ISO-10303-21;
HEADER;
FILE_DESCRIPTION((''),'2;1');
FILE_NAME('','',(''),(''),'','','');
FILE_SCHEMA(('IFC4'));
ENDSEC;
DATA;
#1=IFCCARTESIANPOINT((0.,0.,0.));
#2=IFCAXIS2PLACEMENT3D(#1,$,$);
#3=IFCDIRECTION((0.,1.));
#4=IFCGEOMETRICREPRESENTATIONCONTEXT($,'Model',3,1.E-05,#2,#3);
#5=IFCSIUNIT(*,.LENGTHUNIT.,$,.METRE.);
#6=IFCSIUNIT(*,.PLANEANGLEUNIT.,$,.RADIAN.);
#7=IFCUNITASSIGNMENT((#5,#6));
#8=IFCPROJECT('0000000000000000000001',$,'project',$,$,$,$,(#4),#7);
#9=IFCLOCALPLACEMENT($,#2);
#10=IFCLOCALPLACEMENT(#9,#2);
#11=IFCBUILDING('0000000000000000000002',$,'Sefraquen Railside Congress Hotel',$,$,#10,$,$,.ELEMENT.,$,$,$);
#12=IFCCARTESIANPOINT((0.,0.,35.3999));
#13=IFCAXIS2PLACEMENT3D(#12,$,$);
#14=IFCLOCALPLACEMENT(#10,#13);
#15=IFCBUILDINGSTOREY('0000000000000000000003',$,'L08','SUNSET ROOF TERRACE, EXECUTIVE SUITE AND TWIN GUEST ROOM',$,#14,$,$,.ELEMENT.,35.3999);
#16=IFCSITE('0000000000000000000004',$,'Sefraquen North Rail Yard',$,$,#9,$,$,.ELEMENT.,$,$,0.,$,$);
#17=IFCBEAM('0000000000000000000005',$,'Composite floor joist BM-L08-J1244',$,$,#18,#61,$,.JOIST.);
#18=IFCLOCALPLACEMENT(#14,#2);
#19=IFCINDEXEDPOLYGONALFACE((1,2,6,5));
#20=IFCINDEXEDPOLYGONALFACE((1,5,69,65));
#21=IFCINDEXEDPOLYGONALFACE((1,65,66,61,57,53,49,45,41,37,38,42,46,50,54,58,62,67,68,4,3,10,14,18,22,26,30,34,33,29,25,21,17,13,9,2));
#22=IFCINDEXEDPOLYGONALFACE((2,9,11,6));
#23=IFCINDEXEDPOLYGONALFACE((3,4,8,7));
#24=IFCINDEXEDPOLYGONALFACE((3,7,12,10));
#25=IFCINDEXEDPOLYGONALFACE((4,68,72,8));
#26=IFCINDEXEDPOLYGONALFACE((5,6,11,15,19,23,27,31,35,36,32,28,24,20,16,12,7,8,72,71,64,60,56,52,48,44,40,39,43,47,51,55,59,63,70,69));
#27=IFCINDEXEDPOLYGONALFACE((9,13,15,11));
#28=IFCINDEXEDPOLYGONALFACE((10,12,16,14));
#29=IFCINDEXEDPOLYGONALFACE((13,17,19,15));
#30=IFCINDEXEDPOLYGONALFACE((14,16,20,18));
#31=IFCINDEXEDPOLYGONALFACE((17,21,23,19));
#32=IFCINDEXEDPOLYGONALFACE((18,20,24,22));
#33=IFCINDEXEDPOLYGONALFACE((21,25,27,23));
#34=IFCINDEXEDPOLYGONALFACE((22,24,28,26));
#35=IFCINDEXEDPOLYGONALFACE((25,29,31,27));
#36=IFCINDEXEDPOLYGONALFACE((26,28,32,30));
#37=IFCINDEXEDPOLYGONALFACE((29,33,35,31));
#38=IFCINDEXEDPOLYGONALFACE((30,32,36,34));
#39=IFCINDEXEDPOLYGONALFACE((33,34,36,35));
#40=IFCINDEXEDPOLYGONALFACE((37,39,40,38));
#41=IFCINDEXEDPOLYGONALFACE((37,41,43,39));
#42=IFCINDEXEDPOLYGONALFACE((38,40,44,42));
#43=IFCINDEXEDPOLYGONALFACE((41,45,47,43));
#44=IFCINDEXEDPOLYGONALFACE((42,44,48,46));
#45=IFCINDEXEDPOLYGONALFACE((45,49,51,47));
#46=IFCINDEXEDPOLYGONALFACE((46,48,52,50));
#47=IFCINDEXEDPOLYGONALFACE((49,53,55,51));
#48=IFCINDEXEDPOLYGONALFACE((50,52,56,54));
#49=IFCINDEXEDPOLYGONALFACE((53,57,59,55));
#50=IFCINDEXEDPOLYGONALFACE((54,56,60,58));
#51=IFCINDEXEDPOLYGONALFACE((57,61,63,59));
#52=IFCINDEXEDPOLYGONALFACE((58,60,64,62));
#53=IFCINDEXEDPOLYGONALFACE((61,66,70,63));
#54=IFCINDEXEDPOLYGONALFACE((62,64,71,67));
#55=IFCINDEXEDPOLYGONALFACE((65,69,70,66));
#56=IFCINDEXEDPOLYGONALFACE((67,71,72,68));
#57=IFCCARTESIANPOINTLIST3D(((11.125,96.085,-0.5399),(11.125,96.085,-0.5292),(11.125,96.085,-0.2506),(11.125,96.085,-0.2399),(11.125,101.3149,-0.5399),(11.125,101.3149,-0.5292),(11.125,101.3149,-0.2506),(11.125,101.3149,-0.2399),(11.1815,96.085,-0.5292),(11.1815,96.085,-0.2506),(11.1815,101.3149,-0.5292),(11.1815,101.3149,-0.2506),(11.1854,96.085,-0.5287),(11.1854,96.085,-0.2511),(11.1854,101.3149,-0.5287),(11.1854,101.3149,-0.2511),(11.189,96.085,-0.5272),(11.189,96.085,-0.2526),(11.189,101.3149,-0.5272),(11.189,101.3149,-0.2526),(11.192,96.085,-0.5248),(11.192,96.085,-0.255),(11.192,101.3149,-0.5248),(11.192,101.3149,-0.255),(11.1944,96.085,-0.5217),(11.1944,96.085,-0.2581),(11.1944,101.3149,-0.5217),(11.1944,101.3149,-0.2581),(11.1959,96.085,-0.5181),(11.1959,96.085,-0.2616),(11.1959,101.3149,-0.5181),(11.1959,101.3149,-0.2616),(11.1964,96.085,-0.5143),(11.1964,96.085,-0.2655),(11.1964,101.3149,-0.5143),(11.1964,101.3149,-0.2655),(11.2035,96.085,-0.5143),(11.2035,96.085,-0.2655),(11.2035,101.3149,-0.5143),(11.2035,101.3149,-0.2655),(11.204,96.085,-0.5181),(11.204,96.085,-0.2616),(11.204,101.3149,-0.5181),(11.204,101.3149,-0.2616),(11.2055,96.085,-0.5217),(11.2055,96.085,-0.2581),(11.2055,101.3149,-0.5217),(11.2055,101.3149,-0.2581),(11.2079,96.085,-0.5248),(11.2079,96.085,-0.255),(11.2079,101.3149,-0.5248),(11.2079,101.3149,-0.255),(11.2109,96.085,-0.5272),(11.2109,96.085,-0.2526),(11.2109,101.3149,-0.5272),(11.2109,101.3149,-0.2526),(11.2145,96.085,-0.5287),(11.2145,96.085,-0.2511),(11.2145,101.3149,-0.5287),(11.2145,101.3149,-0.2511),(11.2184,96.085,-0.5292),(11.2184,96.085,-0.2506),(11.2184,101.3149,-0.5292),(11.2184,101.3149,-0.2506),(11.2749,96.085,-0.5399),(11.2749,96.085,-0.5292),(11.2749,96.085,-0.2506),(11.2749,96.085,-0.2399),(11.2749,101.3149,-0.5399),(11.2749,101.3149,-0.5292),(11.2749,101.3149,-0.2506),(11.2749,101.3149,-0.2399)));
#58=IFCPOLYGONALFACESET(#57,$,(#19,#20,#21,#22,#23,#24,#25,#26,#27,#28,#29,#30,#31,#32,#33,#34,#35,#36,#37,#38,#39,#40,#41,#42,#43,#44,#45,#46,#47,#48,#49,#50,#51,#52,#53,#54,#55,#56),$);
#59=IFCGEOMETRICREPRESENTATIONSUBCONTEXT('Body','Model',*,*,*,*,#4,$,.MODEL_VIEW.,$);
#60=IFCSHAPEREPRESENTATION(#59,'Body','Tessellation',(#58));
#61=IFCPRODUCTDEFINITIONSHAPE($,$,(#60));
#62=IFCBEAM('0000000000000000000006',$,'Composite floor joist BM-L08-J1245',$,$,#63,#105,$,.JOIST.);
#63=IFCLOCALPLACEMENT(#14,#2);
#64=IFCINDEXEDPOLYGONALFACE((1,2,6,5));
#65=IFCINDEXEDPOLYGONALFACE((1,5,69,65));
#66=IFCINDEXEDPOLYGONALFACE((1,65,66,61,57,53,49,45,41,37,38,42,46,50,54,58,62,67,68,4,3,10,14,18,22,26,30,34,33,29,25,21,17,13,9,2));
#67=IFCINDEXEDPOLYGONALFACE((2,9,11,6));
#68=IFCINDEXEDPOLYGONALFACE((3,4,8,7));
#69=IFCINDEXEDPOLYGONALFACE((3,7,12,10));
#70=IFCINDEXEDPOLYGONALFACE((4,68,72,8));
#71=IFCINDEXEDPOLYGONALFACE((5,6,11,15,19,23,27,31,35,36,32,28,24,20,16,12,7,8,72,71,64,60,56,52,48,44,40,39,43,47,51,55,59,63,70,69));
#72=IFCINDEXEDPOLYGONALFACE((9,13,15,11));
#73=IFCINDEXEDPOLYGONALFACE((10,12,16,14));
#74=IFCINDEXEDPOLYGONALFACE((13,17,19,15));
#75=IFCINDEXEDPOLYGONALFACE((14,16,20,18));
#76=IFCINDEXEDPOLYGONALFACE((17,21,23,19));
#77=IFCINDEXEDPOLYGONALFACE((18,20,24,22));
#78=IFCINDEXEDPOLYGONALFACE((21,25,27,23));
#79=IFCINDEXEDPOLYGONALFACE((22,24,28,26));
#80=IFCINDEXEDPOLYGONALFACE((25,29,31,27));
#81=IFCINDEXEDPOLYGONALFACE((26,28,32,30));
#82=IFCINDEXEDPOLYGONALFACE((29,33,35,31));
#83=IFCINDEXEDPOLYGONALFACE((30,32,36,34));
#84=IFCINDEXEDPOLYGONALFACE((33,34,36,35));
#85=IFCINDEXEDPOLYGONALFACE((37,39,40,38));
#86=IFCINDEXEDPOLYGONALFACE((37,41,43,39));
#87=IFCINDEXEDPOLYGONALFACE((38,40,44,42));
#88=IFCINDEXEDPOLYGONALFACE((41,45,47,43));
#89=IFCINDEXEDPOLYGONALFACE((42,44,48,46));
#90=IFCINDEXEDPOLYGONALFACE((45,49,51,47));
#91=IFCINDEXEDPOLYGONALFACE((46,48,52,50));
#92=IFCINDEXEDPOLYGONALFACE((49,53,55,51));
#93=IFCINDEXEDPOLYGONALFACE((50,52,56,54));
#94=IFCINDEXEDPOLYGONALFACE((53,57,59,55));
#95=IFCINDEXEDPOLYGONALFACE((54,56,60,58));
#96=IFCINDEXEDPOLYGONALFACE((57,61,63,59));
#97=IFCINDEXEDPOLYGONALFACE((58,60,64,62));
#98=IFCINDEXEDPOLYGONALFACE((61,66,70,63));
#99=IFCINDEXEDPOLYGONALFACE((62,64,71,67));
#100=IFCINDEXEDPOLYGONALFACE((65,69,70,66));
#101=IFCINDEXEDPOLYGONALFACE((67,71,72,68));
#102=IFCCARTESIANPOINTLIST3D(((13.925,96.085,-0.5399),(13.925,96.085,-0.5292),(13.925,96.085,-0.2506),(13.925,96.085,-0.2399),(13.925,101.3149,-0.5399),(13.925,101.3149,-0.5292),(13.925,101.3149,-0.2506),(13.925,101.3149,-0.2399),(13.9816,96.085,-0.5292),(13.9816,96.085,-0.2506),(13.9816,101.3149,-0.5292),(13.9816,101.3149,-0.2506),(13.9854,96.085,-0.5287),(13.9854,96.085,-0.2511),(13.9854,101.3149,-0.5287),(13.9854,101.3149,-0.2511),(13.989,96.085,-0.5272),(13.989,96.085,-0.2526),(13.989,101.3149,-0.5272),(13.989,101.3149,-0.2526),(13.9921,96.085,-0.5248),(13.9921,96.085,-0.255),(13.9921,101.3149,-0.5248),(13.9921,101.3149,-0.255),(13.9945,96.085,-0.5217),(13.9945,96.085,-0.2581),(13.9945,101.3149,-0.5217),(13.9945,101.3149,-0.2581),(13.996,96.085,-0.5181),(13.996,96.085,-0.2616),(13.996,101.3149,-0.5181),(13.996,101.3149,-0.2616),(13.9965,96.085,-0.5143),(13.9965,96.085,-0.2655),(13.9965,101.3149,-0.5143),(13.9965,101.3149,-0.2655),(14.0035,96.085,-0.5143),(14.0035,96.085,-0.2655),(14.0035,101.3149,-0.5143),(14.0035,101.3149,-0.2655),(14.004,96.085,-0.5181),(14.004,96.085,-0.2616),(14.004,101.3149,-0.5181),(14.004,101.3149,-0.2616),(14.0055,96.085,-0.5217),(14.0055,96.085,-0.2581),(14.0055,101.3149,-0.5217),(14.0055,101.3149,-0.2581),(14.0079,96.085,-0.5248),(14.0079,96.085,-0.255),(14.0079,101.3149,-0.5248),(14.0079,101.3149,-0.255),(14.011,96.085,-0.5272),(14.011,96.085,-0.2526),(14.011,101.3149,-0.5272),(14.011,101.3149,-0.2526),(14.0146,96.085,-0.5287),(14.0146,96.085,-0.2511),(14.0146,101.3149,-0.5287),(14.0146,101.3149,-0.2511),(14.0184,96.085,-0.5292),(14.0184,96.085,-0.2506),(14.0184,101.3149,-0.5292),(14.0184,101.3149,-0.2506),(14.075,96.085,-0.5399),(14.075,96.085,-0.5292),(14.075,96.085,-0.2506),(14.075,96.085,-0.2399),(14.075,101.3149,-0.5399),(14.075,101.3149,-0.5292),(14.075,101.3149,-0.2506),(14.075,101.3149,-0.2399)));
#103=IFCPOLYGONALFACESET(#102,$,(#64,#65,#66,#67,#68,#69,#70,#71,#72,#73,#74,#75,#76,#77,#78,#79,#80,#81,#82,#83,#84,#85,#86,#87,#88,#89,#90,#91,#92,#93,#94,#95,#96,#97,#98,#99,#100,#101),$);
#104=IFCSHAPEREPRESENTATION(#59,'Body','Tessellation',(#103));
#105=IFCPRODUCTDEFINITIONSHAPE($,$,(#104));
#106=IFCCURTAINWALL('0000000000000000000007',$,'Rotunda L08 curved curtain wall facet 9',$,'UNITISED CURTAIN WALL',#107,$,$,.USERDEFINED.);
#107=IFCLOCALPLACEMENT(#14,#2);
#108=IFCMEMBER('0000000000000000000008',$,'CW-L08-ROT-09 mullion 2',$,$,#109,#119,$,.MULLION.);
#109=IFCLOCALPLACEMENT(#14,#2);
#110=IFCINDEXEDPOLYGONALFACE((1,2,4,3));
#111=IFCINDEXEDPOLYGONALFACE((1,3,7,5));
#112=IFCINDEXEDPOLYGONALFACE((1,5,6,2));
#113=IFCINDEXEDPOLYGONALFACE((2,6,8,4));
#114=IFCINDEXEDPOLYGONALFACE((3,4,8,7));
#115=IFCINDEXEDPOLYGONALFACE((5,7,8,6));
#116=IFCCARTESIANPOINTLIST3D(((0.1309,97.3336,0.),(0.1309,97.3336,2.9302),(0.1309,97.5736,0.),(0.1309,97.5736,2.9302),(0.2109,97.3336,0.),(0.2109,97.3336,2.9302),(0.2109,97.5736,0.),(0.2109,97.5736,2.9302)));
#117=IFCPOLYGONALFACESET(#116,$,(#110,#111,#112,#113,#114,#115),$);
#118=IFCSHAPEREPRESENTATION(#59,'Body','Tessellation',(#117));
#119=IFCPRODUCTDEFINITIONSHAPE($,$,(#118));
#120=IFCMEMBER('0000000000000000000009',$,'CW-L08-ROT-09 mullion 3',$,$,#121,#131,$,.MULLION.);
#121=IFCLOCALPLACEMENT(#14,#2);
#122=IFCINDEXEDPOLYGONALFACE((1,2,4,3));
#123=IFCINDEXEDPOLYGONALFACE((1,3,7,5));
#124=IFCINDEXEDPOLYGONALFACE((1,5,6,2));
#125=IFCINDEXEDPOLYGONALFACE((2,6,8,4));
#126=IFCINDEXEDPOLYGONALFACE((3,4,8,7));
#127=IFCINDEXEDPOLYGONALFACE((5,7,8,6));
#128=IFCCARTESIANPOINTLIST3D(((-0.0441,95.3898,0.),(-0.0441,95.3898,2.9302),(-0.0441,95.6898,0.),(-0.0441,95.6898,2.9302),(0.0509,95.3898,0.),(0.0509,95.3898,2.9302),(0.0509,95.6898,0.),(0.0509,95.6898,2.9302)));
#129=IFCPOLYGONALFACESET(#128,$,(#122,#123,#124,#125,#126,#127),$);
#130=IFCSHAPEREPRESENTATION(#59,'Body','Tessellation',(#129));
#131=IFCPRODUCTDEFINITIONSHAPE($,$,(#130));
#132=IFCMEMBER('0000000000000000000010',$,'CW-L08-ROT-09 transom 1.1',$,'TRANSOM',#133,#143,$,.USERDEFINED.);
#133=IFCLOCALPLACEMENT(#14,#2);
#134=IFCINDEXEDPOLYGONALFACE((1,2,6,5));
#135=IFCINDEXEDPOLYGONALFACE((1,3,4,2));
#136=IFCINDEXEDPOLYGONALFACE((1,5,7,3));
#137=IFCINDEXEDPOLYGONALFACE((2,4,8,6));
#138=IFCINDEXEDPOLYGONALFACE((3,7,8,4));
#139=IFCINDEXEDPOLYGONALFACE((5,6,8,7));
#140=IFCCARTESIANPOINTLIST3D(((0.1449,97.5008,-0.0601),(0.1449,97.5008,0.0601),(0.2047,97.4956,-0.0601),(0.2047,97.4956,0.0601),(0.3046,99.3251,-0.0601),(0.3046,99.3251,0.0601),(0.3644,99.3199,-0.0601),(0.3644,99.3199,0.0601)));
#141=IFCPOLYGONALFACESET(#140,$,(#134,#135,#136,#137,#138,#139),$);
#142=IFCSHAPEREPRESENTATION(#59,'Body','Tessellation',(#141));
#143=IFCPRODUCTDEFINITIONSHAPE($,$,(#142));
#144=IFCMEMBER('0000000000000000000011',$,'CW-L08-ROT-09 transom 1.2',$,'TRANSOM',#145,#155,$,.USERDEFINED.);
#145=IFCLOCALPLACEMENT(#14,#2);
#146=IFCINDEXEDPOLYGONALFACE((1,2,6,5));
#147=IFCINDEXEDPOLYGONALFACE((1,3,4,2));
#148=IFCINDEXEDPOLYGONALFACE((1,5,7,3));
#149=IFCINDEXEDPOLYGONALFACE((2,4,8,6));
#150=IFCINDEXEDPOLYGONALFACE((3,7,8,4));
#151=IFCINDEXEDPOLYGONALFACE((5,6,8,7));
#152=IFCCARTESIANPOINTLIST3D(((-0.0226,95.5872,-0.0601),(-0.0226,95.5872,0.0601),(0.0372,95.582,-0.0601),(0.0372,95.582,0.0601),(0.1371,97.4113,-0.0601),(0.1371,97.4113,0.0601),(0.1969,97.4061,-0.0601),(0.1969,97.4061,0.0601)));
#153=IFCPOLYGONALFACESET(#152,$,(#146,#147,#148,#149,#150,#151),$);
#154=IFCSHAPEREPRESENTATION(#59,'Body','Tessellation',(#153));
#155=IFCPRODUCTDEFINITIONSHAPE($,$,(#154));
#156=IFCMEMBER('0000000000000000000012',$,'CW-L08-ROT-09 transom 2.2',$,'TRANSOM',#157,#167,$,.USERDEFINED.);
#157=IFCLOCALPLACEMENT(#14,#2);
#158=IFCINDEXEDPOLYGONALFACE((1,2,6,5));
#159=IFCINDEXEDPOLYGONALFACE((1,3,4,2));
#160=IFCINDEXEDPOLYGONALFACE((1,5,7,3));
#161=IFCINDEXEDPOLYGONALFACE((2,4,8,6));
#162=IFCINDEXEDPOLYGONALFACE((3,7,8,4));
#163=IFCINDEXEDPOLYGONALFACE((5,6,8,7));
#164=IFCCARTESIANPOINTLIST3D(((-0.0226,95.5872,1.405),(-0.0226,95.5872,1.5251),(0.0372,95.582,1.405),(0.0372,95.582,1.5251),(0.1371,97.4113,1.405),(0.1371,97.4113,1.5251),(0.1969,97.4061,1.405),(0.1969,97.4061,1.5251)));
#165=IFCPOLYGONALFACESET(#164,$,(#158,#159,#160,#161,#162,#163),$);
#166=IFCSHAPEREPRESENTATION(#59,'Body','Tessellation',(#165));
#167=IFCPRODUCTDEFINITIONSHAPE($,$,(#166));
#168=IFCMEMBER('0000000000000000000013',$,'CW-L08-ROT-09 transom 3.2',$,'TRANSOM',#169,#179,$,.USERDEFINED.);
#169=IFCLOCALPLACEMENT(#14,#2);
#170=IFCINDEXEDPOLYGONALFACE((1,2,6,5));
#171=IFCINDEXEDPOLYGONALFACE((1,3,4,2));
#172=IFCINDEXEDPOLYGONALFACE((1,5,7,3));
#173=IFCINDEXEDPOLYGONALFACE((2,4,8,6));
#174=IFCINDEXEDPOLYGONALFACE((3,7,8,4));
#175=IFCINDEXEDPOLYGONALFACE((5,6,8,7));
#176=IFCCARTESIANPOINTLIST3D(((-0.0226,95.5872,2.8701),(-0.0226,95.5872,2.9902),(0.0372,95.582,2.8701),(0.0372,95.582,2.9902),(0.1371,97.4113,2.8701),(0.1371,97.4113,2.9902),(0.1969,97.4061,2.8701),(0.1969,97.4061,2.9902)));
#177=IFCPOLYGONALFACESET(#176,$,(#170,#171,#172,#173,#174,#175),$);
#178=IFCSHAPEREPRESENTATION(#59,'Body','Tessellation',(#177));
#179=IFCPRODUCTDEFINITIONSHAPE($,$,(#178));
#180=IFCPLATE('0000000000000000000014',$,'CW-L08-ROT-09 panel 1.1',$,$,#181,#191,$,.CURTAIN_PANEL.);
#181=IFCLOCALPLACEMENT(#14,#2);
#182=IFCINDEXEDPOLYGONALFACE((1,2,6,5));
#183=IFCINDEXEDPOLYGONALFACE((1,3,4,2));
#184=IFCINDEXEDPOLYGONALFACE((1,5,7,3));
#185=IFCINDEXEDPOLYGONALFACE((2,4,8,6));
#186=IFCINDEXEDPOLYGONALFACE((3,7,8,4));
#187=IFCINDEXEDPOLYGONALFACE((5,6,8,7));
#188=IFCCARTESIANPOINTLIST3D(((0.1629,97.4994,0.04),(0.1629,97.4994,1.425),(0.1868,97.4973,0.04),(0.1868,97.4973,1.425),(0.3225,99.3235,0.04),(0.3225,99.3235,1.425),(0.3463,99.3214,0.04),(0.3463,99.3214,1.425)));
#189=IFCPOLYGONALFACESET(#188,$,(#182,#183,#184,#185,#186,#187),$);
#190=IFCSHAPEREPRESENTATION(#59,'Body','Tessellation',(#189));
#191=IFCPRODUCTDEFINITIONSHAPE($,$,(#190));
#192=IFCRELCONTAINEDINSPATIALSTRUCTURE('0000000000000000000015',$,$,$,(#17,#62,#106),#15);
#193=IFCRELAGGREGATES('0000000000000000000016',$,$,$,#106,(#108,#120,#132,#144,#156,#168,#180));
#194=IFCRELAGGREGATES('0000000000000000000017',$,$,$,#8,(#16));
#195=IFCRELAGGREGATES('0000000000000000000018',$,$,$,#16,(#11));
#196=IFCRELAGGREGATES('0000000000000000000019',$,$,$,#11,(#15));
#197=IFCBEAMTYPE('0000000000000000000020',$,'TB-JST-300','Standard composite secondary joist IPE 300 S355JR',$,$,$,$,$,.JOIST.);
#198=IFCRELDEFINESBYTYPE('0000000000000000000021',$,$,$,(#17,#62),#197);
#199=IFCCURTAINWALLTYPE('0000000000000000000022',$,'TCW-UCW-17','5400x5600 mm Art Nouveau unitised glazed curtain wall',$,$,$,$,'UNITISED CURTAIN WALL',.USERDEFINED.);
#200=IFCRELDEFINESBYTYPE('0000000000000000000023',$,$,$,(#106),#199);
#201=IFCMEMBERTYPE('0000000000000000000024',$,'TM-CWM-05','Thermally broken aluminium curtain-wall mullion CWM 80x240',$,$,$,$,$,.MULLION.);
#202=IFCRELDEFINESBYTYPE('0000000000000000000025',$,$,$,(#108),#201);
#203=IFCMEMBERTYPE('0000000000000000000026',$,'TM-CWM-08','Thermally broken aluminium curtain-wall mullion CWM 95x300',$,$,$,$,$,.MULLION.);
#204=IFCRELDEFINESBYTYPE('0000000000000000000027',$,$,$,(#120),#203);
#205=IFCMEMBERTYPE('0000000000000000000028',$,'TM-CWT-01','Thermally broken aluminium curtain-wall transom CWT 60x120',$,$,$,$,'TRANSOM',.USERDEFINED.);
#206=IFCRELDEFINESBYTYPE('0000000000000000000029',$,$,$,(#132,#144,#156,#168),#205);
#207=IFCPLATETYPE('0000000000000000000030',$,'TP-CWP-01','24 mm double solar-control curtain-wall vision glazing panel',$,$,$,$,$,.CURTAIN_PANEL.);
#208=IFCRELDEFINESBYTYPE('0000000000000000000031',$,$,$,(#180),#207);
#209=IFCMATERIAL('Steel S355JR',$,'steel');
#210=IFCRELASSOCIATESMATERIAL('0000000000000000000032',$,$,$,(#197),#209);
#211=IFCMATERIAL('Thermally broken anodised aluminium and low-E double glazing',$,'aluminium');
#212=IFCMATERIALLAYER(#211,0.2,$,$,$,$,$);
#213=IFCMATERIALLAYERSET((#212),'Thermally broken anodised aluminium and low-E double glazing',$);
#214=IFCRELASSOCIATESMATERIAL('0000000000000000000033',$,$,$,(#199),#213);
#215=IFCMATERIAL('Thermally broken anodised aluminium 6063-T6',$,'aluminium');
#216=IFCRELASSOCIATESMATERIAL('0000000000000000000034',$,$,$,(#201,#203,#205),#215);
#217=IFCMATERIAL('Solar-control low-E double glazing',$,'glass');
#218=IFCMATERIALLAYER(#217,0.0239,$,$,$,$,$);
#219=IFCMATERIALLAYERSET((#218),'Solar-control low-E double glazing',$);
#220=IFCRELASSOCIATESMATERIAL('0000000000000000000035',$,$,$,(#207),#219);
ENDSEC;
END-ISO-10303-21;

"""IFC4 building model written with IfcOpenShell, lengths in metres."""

from ifc_helpers import new_model, si_unit, direction, frame, origin, origin_2d, place, context, subcontext, project, spatial, rectangle, i_section, extrude, material, layer, layer_set, material_profile, profile_set, type_object, element, aggregate, save


model = new_model("IFC4")

# Units and contexts
model_context = context("Model", 3, precision=1e-05, world=origin(), true_north=direction((0.0, 1.0)))
body_context = subcontext(model_context, "Body", "Model", "MODEL_VIEW")
ifc_project = project(units=[si_unit("LENGTHUNIT", "METRE"), si_unit("PLANEANGLEUNIT", "RADIAN")], contexts=[model_context])

# Site, building, storey
site_placement = place(None, origin())
site = spatial("IfcSite", under=ifc_project, at=site_placement, Name="Sefraquen North Rail Yard", CompositionType="ELEMENT", RefElevation=0.0)
building_placement = place(site_placement, origin())
building = spatial("IfcBuilding", under=site, at=building_placement, Name="Sefraquen Railside Congress Hotel", CompositionType="ELEMENT")
storey_placement = place(building_placement, frame((0.0, 0.0, 35.3999)))
storey = spatial("IfcBuildingStorey", under=building, at=storey_placement, Name="L08", Description="SUNSET ROOF TERRACE, EXECUTIVE SUITE AND TWIN GUEST ROOM", CompositionType="ELEMENT", Elevation=35.3999)

# Shared definitions
ifc_material_1 = material(Name="Steel S355JR", Category="steel")

# Beams
ifc_material_profile_1 = material_profile(ifc_material_1, i_section(OverallWidth=0.1499, OverallDepth=0.3, WebThickness=0.0071, FlangeThickness=0.0107, FilletRadius=0.0149, at=origin_2d()), Name="IPE 300")
ifc_profile_set_1 = profile_set([ifc_material_profile_1], Name="Steel S355JR")
beam_type_1 = type_object("IfcBeamType", Name="TB-JST-300", Description="Standard composite secondary joist IPE 300 S355JR", PredefinedType="JOIST", material=ifc_profile_set_1)
for number, where, z_axis, x_axis, name in (
    (1, (11.2, 96.085, -0.3899), (0.0, 1.0, 0.0), (-1.0, 0.0, 0.0), "Composite floor joist BM-L08-J1244"),
    (2, (14.0, 96.085, -0.3899), (0.0, 1.0, 0.0), (-1.0, 0.0, 0.0), "Composite floor joist BM-L08-J1245"),
):
    element("IfcBeam", number, at=place(storey_placement, frame(where, z_axis=z_axis, x_axis=x_axis)), inside=storey, type_object=beam_type_1, Name=name, PredefinedType="JOIST", context=body_context, shape_type="SweptSolid", body=[
        extrude(i_section(OverallWidth=0.1499, OverallDepth=0.3, WebThickness=0.0071, FlangeThickness=0.0107, FilletRadius=0.0149, at=origin_2d()), origin(), (0.0, 0.0, 1.0), 5.23),
    ])

# Curtain wall, members, plate
ifc_material_2 = material(Name="Thermally broken anodised aluminium and low-E double glazing", Category="aluminium")
ifc_layer_1 = layer(ifc_material_2, 0.2)
ifc_layer_set_1 = layer_set([ifc_layer_1], Name="Thermally broken anodised aluminium and low-E double glazing")
curtain_wall_type = type_object("IfcCurtainWallType", Name="TCW-UCW-17", Description="5400x5600 mm Art Nouveau unitised glazed curtain wall", ElementType="UNITISED CURTAIN WALL", PredefinedType="USERDEFINED", material=ifc_layer_set_1)
curtain_wall_placement = place(storey_placement, origin())
curtain_wall = element("IfcCurtainWall", 3, at=curtain_wall_placement, inside=storey, type_object=curtain_wall_type, Name="Rotunda L08 curved curtain wall facet 9", ObjectType="UNITISED CURTAIN WALL", PredefinedType="USERDEFINED")
ifc_material_3 = material(Name="Thermally broken anodised aluminium 6063-T6", Category="aluminium")
ifc_material_profile_2 = material_profile(ifc_material_3, rectangle(XDim=0.0801, YDim=0.24, at=origin_2d()), Name="CWM 80x240")
ifc_profile_set_2 = profile_set([ifc_material_profile_2], Name="Thermally broken anodised aluminium 6063-T6")
member_type_1 = type_object("IfcMemberType", Name="TM-CWM-05", Description="Thermally broken aluminium curtain-wall mullion CWM 80x240", PredefinedType="MULLION", material=ifc_profile_set_2)
member_1_placement = place(storey_placement, frame((0.1709, 97.4536, 0.0), z_axis=(0.0, 0.0, 1.0), x_axis=(1.0, 0.0, 0.0)))
member_1 = element("IfcMember", 4, at=member_1_placement, type_object=member_type_1, Name="CW-L08-ROT-09 mullion 2", PredefinedType="MULLION", context=body_context, shape_type="SweptSolid", body=[
    extrude(rectangle(XDim=0.0801, YDim=0.24, at=origin_2d()), origin(), (0.0, 0.0, 1.0), 2.9302),
])
ifc_material_profile_3 = material_profile(ifc_material_3, rectangle(XDim=0.095, YDim=0.3, at=origin_2d()), Name="CWM 95x300")
ifc_profile_set_3 = profile_set([ifc_material_profile_3], Name="Thermally broken anodised aluminium 6063-T6")
member_type_2 = type_object("IfcMemberType", Name="TM-CWM-08", Description="Thermally broken aluminium curtain-wall mullion CWM 95x300", PredefinedType="MULLION", material=ifc_profile_set_3)
member_2_placement = place(storey_placement, frame((0.0034, 95.5398, 0.0), z_axis=(0.0, 0.0, 1.0), x_axis=(1.0, 0.0, 0.0)))
member_2 = element("IfcMember", 5, at=member_2_placement, type_object=member_type_2, Name="CW-L08-ROT-09 mullion 3", PredefinedType="MULLION", context=body_context, shape_type="SweptSolid", body=[
    extrude(rectangle(XDim=0.095, YDim=0.3, at=origin_2d()), origin(), (0.0, 0.0, 1.0), 2.9302),
])
ifc_material_profile_4 = material_profile(ifc_material_3, rectangle(XDim=0.0601, YDim=0.1201, at=origin_2d()), Name="CWT 60x120")
ifc_profile_set_4 = profile_set([ifc_material_profile_4], Name="Thermally broken anodised aluminium 6063-T6")
member_type_3 = type_object("IfcMemberType", Name="TM-CWT-01", Description="Thermally broken aluminium curtain-wall transom CWT 60x120", ElementType="TRANSOM", PredefinedType="USERDEFINED", material=ifc_profile_set_4)
member_3_placement = place(storey_placement, frame((0.3345, 99.3225, 0.0), z_axis=(-0.087193, -0.996191, 0.0), x_axis=(0.996191, -0.087193, 0.0)))
member_3 = element("IfcMember", 6, at=member_3_placement, type_object=member_type_3, Name="CW-L08-ROT-09 transom 1.1", ObjectType="TRANSOM", PredefinedType="USERDEFINED", context=body_context, shape_type="SweptSolid", body=[
    extrude(rectangle(XDim=0.0601, YDim=0.1201, at=origin_2d()), origin(), (0.0, 0.0, 1.0), 1.8313),
])
member_4_placement = place(storey_placement, frame((0.167, 97.4087, 0.0), z_axis=(-0.087205, -0.99619, 0.0), x_axis=(0.99619, -0.087205, 0.0)))
member_4 = element("IfcMember", 7, at=member_4_placement, type_object=member_type_3, Name="CW-L08-ROT-09 transom 1.2", ObjectType="TRANSOM", PredefinedType="USERDEFINED", context=body_context, shape_type="SweptSolid", body=[
    extrude(rectangle(XDim=0.0601, YDim=0.1201, at=origin_2d()), origin(), (0.0, 0.0, 1.0), 1.8311),
])
member_5_placement = place(storey_placement, frame((0.167, 97.4087, 1.4651), z_axis=(-0.087205, -0.99619, 0.0), x_axis=(0.99619, -0.087205, 0.0)))
member_5 = element("IfcMember", 8, at=member_5_placement, type_object=member_type_3, Name="CW-L08-ROT-09 transom 2.2", ObjectType="TRANSOM", PredefinedType="USERDEFINED", context=body_context, shape_type="SweptSolid", body=[
    extrude(rectangle(XDim=0.0601, YDim=0.1201, at=origin_2d()), origin(), (0.0, 0.0, 1.0), 1.8311),
])
member_6_placement = place(storey_placement, frame((0.167, 97.4087, 2.9302), z_axis=(-0.087205, -0.99619, 0.0), x_axis=(0.99619, -0.087205, 0.0)))
member_6 = element("IfcMember", 9, at=member_6_placement, type_object=member_type_3, Name="CW-L08-ROT-09 transom 3.2", ObjectType="TRANSOM", PredefinedType="USERDEFINED", context=body_context, shape_type="SweptSolid", body=[
    extrude(rectangle(XDim=0.0601, YDim=0.1201, at=origin_2d()), origin(), (0.0, 0.0, 1.0), 1.8311),
])
ifc_material_4 = material(Name="Solar-control low-E double glazing", Category="glass")
ifc_layer_2 = layer(ifc_material_4, 0.0239)
ifc_layer_set_2 = layer_set([ifc_layer_2], Name="Solar-control low-E double glazing")
plate_type_1 = type_object("IfcPlateType", Name="TP-CWP-01", Description="24 mm double solar-control curtain-wall vision glazing panel", PredefinedType="CURTAIN_PANEL", material=ifc_layer_set_2)
plate_1_placement = place(storey_placement, frame((0.2546, 98.4104, 0.04), z_axis=(0.0, 0.0, 1.0), x_axis=(-0.087138, -0.996196, 0.0)))
plate_1 = element("IfcPlate", 10, at=plate_1_placement, type_object=plate_type_1, Name="CW-L08-ROT-09 panel 1.1", PredefinedType="CURTAIN_PANEL", context=body_context, shape_type="SweptSolid", body=[
    extrude(rectangle(XDim=1.8311, YDim=0.0239, at=origin_2d()), origin(), (0.0, 0.0, 1.0), 1.385),
])
aggregate(curtain_wall, [member_1, member_2, member_3, member_4, member_5, member_6, plate_1])

save(model, "model.ifc")
